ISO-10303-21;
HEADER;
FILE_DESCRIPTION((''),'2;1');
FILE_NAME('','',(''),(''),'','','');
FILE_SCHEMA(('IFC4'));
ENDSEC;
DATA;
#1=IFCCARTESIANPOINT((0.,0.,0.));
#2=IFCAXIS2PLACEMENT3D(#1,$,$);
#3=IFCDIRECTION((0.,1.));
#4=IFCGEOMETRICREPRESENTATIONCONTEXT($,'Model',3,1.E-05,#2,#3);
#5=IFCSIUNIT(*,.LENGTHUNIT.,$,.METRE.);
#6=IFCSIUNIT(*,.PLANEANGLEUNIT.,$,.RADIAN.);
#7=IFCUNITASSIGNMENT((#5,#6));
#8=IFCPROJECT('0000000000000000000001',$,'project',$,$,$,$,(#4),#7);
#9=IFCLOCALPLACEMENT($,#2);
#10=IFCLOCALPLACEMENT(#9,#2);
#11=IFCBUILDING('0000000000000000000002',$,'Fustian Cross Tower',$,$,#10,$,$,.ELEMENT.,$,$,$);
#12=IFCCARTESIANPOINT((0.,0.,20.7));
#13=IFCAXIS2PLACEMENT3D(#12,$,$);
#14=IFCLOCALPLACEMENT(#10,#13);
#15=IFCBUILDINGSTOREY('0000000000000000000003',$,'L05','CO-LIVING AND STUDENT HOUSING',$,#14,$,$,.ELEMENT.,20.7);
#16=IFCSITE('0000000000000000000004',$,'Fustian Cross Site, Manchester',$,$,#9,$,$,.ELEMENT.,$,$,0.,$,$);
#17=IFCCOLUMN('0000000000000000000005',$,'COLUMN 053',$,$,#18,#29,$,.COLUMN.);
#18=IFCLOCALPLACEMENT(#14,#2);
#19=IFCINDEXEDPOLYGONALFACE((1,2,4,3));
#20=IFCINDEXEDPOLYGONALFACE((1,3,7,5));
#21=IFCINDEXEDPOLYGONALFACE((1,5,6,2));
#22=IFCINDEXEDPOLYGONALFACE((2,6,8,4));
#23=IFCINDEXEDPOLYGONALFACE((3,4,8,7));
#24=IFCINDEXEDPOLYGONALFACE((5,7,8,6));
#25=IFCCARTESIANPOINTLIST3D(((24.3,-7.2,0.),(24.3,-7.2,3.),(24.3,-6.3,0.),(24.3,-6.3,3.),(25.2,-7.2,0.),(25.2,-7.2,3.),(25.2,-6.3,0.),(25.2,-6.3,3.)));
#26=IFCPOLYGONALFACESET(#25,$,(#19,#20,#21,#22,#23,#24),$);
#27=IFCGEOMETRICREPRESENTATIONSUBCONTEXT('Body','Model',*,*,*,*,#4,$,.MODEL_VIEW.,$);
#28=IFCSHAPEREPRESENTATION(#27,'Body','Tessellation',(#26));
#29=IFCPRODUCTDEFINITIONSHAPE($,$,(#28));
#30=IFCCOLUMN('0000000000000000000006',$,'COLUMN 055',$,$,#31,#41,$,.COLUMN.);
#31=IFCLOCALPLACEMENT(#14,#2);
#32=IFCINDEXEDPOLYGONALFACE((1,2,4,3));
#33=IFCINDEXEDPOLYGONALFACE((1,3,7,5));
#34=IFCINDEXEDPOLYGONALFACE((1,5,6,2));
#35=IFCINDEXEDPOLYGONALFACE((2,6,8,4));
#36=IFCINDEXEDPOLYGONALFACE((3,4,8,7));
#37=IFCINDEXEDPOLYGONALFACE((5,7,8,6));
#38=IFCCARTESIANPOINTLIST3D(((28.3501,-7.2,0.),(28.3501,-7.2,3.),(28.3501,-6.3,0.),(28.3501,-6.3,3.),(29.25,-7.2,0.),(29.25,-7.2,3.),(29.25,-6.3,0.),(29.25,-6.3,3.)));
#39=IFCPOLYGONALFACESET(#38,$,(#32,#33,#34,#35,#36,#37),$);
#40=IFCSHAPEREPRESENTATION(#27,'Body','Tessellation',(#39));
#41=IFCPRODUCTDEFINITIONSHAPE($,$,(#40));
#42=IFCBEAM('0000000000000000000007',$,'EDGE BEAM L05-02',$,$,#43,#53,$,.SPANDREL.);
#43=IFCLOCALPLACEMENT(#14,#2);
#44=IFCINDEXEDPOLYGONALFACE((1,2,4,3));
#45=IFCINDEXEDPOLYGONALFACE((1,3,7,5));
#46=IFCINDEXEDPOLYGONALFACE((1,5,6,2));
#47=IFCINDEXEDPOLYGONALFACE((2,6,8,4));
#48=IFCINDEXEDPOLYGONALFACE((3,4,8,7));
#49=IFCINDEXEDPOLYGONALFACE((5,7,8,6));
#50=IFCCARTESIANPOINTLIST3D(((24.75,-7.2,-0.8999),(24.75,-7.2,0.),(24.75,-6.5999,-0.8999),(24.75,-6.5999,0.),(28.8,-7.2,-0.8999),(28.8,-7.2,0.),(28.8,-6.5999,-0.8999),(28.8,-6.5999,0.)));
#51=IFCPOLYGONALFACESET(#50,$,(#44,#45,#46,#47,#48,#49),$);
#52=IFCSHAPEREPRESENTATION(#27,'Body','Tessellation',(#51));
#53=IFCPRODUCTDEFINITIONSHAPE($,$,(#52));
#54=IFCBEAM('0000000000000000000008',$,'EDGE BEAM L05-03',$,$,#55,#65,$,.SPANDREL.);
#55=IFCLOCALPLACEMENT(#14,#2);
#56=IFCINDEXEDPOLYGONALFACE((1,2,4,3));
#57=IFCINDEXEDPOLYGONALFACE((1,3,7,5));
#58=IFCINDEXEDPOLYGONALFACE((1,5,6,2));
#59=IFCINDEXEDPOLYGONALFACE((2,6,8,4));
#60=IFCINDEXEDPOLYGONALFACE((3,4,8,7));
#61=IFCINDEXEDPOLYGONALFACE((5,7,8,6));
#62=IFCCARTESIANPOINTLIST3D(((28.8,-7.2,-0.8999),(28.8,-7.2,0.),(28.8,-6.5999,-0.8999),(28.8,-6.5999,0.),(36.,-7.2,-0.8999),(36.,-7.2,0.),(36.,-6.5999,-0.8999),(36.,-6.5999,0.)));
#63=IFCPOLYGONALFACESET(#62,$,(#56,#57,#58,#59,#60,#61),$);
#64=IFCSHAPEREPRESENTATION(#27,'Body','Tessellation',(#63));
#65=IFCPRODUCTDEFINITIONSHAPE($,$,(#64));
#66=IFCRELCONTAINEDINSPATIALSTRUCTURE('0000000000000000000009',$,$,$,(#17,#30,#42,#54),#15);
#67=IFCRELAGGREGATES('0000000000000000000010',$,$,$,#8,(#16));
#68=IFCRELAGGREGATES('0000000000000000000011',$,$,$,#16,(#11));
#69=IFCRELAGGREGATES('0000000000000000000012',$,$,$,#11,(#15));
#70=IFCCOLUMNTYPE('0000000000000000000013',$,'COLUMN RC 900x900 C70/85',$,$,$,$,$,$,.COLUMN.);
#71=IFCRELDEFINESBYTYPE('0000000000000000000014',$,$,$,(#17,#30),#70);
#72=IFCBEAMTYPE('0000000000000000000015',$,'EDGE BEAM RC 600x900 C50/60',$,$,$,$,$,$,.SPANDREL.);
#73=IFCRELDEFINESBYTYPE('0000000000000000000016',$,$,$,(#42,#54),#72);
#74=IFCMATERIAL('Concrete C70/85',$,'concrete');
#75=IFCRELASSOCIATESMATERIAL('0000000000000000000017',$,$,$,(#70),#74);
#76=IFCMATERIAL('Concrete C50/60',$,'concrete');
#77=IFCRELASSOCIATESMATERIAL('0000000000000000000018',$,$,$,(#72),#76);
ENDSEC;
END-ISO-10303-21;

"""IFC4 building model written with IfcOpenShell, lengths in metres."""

from ifc_helpers import new_model, si_unit, direction, frame, origin, origin_2d, place, context, subcontext, project, spatial, rectangle, extrude, material, material_profile, profile_set, type_object, element, save


model = new_model("IFC4")

# Units and contexts
model_context = context("Model", 3, precision=1e-05, world=origin(), true_north=direction((0.0, 1.0)))
body_context = subcontext(model_context, "Body", "Model", "MODEL_VIEW")
ifc_project = project(units=[si_unit("LENGTHUNIT", "METRE"), si_unit("PLANEANGLEUNIT", "RADIAN")], contexts=[model_context])

# Site, building, storey
site_placement = place(None, origin())
site = spatial("IfcSite", under=ifc_project, at=site_placement, Name="Fustian Cross Site, Manchester", CompositionType="ELEMENT", RefElevation=0.0)
building_placement = place(site_placement, origin())
building = spatial("IfcBuilding", under=site, at=building_placement, Name="Fustian Cross Tower", CompositionType="ELEMENT")
storey_placement = place(building_placement, frame((0.0, 0.0, 20.7)))
storey = spatial("IfcBuildingStorey", under=building, at=storey_placement, Name="L05", Description="CO-LIVING AND STUDENT HOUSING", CompositionType="ELEMENT", Elevation=20.7)

# Columns
ifc_material_1 = material(Name="Concrete C70/85", Category="concrete")
ifc_material_profile_1 = material_profile(ifc_material_1, rectangle(XDim=0.8999, YDim=0.8999, at=origin_2d()), Name="RC 900x900")
ifc_profile_set_1 = profile_set([ifc_material_profile_1], Name="Concrete C70/85")
column_type = type_object("IfcColumnType", Name="COLUMN RC 900x900 C70/85", PredefinedType="COLUMN", material=ifc_profile_set_1)
for number, where, z_axis, x_axis, name in (
    (1, (24.75, -6.75, 0.0), (0.0, 0.0, 1.0), (1.0, 0.0, 0.0), "COLUMN 053"),
    (2, (28.8, -6.75, 0.0), (0.0, 0.0, 1.0), (1.0, 0.0, 0.0), "COLUMN 055"),
):
    element("IfcColumn", number, at=place(storey_placement, frame(where, z_axis=z_axis, x_axis=x_axis)), inside=storey, type_object=column_type, Name=name, PredefinedType="COLUMN", context=body_context, shape_type="SweptSolid", body=[
        extrude(rectangle(XDim=0.8999, YDim=0.8999, at=origin_2d()), origin(), (0.0, 0.0, 1.0), 3.0),
    ])

# Beams
ifc_material_2 = material(Name="Concrete C50/60", Category="concrete")
ifc_material_profile_2 = material_profile(ifc_material_2, rectangle(XDim=0.6001, YDim=0.8999, at=origin_2d()), Name="RC 600x900")
ifc_profile_set_2 = profile_set([ifc_material_profile_2], Name="Concrete C50/60")
beam_type = type_object("IfcBeamType", Name="EDGE BEAM RC 600x900 C50/60", PredefinedType="SPANDREL", material=ifc_profile_set_2)
beam_1_placement = place(storey_placement, frame((24.75, -6.8999, -0.45), z_axis=(1.0, 0.0, 0.0), x_axis=(0.0, 1.0, 0.0)))
element("IfcBeam", 3, at=beam_1_placement, inside=storey, type_object=beam_type, Name="EDGE BEAM L05-02", PredefinedType="SPANDREL", context=body_context, shape_type="SweptSolid", body=[
    extrude(rectangle(XDim=0.6001, YDim=0.8999, at=origin_2d()), origin(), (0.0, 0.0, 1.0), 4.05),
])
beam_2_placement = place(storey_placement, frame((28.8, -6.8999, -0.45), z_axis=(1.0, 0.0, 0.0), x_axis=(0.0, 1.0, 0.0)))
element("IfcBeam", 4, at=beam_2_placement, inside=storey, type_object=beam_type, Name="EDGE BEAM L05-03", PredefinedType="SPANDREL", context=body_context, shape_type="SweptSolid", body=[
    extrude(rectangle(XDim=0.6001, YDim=0.8999, at=origin_2d()), origin(), (0.0, 0.0, 1.0), 7.2),
])

save(model, "model.ifc")
